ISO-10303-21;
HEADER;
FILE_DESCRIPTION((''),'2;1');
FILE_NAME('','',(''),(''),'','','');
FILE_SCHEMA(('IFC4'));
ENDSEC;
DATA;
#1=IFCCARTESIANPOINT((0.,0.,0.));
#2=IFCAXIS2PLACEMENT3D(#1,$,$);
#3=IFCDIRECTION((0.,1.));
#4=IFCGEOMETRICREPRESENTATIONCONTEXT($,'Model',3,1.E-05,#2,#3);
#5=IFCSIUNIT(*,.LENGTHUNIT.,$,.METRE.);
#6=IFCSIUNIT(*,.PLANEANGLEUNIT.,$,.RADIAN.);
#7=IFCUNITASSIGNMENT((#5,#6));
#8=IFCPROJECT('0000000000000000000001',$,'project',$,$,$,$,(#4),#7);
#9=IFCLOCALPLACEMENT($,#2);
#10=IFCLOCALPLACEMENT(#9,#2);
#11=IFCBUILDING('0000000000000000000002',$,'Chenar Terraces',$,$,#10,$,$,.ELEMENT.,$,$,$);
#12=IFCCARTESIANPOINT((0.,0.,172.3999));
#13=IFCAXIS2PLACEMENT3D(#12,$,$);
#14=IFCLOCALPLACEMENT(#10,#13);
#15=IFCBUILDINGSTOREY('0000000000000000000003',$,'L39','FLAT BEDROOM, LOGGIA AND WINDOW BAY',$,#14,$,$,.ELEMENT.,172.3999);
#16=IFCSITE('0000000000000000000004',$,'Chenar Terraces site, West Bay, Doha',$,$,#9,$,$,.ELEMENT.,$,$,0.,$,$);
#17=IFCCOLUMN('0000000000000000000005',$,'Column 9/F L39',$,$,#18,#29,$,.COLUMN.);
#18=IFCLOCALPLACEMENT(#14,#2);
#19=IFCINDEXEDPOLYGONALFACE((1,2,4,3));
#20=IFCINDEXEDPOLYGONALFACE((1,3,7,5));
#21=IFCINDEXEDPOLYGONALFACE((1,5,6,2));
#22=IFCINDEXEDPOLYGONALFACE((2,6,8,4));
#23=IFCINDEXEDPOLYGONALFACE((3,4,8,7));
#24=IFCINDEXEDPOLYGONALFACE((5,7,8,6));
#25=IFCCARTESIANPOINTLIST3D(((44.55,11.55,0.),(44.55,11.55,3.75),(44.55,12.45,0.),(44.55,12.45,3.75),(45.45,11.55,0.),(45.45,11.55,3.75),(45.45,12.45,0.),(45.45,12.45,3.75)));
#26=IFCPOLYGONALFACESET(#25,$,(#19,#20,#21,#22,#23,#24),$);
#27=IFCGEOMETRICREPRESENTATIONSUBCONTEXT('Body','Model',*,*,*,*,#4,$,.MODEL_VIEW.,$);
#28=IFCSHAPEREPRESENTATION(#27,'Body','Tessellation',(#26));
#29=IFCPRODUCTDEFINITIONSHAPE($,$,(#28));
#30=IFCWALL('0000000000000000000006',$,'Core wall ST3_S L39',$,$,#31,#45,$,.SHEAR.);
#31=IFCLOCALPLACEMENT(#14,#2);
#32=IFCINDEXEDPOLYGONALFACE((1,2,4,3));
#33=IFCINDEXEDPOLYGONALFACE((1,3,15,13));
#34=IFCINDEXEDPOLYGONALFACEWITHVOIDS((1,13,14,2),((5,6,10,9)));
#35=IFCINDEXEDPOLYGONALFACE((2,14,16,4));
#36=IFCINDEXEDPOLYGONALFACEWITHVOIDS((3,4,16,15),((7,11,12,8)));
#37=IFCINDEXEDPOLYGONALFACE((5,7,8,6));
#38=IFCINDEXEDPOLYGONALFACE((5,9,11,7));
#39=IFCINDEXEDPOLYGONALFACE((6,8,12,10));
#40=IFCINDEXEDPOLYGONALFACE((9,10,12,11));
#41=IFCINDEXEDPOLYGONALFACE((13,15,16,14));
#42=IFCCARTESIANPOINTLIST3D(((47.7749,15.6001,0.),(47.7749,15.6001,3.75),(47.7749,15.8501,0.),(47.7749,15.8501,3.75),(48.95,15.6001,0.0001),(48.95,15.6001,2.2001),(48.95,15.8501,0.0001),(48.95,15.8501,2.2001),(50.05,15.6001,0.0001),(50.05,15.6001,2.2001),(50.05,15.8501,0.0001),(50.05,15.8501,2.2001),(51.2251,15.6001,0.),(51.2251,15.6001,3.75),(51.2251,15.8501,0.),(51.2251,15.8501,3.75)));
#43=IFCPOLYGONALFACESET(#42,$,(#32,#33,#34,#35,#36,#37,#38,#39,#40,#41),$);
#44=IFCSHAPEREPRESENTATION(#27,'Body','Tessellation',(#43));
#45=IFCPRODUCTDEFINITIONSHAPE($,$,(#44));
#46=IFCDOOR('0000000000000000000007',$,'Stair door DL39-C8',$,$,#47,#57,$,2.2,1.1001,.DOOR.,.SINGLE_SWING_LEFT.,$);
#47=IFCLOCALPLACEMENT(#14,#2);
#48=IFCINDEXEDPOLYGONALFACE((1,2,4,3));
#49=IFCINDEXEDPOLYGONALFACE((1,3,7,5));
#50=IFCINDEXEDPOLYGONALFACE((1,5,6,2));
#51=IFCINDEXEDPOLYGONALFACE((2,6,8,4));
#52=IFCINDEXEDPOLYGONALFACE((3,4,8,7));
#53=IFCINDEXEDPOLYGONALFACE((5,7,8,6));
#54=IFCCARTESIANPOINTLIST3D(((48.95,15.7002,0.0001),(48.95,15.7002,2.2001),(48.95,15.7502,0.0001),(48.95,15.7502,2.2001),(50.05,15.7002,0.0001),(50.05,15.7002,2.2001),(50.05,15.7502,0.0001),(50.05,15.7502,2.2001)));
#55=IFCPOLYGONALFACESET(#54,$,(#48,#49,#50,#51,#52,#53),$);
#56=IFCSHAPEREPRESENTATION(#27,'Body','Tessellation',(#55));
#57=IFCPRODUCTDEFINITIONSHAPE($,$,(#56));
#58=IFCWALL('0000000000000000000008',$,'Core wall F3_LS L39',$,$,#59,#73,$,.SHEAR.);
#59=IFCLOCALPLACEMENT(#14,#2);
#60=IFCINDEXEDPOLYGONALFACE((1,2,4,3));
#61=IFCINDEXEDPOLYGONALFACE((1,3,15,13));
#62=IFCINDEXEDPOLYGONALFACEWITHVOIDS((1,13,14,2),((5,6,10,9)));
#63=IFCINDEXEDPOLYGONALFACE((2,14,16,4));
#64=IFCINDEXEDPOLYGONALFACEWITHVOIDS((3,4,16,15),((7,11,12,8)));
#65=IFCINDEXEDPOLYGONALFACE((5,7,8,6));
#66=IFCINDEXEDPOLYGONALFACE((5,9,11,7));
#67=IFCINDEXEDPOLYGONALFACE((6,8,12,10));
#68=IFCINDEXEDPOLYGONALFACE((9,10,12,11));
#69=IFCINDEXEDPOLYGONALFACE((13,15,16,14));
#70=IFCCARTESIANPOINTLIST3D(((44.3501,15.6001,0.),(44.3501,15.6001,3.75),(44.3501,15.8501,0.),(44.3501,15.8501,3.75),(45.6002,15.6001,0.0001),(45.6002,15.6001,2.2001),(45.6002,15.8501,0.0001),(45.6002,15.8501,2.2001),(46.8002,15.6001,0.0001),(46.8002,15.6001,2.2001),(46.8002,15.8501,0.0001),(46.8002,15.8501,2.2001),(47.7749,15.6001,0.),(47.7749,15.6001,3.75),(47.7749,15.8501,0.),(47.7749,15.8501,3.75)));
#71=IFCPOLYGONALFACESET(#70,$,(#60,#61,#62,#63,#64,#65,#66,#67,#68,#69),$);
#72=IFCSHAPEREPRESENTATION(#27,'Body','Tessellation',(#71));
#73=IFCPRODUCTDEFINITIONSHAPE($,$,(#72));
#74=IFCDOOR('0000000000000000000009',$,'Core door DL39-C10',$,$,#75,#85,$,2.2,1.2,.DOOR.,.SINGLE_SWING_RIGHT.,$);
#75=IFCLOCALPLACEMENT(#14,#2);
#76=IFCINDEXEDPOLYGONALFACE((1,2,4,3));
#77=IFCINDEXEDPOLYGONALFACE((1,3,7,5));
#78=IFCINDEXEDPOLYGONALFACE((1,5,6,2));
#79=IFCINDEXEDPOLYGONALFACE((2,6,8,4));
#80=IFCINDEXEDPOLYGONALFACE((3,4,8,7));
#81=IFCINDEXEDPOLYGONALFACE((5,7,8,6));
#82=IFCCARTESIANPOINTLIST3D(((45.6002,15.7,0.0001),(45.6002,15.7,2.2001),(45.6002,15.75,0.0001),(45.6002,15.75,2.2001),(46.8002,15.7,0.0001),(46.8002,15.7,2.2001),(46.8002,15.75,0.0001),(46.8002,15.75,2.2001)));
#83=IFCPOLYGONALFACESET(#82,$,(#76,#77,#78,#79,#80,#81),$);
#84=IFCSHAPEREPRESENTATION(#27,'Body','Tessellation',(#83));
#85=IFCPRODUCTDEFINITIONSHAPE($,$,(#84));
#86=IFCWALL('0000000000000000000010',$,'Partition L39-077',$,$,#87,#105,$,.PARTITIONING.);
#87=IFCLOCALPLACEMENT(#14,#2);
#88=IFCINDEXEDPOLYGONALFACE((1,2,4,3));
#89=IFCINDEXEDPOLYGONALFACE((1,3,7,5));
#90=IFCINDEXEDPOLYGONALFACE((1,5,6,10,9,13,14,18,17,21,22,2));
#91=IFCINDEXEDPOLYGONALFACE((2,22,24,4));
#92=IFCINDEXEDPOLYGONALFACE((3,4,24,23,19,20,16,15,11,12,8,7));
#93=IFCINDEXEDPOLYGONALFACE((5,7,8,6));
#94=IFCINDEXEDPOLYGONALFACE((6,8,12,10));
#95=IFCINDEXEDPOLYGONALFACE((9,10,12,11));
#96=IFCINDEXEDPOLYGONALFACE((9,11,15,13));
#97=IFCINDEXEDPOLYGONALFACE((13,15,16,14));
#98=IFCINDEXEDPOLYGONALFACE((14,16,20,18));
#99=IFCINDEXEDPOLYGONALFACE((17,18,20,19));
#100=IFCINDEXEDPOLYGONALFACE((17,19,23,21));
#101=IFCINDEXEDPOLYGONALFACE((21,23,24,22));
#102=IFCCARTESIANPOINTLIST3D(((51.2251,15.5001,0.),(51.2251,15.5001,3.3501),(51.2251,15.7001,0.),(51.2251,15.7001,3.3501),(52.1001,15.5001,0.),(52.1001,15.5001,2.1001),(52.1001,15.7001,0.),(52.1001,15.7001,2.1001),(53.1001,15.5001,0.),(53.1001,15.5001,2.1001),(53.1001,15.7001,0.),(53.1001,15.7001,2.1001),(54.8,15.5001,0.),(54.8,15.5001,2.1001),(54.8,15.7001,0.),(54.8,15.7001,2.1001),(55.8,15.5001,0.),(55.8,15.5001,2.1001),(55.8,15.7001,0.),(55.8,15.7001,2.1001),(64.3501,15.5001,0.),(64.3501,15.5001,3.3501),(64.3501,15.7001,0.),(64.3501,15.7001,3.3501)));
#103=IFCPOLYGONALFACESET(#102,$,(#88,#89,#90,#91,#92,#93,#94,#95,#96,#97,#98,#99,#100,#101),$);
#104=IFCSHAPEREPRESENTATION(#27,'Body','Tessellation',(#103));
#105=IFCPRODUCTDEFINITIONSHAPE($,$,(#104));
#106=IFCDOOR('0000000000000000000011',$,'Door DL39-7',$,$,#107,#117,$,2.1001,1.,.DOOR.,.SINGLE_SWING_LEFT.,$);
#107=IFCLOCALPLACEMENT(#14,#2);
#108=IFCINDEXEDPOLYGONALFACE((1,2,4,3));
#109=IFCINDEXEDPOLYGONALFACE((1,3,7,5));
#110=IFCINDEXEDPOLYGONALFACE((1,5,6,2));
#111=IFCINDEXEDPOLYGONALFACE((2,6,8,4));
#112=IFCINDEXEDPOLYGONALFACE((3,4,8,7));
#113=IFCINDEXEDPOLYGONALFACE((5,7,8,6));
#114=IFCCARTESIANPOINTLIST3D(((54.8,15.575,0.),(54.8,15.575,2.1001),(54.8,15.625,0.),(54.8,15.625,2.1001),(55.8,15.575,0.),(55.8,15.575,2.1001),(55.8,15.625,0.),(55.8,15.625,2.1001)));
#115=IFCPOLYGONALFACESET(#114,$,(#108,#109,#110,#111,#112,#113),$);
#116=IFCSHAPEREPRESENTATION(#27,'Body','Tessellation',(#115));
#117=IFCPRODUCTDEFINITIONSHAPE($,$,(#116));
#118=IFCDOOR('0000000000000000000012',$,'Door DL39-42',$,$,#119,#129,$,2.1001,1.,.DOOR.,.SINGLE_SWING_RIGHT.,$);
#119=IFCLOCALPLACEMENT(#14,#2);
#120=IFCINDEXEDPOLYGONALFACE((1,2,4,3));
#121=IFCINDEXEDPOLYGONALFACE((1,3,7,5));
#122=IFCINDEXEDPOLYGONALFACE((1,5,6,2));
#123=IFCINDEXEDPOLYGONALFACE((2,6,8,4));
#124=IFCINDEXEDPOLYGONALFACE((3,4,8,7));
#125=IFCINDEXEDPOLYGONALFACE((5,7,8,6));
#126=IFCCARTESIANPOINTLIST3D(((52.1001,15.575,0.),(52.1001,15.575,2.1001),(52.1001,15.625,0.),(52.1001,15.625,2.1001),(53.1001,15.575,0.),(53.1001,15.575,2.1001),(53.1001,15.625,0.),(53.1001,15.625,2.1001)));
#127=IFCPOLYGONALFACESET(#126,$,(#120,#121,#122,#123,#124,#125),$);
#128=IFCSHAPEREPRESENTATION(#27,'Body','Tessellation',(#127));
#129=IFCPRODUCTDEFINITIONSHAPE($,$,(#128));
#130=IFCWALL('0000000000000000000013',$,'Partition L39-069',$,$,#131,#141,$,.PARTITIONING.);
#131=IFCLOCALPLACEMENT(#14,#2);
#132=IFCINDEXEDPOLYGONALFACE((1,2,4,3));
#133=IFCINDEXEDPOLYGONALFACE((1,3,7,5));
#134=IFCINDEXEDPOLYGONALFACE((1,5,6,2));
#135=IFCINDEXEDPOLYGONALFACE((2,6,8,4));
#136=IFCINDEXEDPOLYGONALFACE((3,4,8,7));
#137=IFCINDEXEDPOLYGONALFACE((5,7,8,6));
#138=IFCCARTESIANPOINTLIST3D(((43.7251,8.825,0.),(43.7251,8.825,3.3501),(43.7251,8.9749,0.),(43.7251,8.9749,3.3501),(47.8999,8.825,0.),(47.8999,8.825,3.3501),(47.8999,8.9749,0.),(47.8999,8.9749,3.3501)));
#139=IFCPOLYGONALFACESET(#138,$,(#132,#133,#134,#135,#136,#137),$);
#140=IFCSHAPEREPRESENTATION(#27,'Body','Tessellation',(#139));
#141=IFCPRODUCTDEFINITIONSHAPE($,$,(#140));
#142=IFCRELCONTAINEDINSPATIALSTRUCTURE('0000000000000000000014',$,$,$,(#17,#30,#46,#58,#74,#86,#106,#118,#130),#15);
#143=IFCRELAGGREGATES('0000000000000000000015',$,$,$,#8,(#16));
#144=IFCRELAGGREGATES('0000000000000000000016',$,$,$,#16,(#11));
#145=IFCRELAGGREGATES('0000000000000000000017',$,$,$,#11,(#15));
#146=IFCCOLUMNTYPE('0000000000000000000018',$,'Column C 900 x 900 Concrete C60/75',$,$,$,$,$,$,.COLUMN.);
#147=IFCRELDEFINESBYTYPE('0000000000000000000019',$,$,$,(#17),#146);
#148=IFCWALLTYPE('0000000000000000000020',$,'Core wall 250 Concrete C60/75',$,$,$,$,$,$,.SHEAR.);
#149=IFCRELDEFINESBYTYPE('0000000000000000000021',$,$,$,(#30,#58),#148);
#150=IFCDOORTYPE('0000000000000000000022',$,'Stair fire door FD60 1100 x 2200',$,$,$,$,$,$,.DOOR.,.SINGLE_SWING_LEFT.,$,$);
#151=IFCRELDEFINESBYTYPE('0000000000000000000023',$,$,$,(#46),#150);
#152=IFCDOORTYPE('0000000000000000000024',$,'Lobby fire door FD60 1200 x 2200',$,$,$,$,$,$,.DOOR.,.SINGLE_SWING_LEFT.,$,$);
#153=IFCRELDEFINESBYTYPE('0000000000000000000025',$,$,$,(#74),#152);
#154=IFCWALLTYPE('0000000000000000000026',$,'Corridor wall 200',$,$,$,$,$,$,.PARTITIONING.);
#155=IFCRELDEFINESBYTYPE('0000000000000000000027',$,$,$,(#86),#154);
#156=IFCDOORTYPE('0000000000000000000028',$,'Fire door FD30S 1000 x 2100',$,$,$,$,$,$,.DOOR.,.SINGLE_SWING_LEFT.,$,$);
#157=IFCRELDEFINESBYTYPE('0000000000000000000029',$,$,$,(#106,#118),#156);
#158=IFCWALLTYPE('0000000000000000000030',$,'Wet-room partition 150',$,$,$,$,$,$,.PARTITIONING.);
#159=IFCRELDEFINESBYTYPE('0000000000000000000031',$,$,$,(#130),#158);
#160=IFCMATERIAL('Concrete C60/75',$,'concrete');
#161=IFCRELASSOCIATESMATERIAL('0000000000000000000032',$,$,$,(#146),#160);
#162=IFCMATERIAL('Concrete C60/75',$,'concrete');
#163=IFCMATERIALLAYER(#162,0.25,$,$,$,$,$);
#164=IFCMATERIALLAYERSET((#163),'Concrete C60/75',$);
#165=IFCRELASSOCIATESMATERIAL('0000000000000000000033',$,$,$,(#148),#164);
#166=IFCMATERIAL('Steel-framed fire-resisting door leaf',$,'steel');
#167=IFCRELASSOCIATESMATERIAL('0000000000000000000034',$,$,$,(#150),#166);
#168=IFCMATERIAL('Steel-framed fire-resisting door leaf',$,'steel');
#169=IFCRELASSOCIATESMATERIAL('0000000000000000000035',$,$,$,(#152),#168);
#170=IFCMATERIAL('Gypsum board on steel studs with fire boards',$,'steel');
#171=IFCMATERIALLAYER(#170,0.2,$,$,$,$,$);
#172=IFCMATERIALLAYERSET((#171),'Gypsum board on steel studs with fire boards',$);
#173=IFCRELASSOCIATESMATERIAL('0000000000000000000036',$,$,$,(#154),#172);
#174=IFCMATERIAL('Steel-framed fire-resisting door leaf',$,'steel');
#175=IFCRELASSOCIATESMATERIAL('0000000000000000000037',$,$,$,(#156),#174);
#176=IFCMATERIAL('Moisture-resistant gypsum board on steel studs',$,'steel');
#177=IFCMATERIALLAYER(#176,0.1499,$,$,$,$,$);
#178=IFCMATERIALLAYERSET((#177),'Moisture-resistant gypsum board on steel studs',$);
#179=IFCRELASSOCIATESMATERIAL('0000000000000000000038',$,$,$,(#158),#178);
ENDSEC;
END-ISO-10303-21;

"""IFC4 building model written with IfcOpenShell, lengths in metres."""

from ifc_helpers import new_model, si_unit, direction, frame, frame_2d, origin, origin_2d, place, context, subcontext, project, spatial, rectangle, extrude, material, layer, layer_set, material_profile, profile_set, type_object, element, fill, save


model = new_model("IFC4")

# Units and contexts
model_context = context("Model", 3, precision=1e-05, world=origin(), true_north=direction((0.0, 1.0)))
body_context = subcontext(model_context, "Body", "Model", "MODEL_VIEW")
ifc_project = project(units=[si_unit("LENGTHUNIT", "METRE"), si_unit("PLANEANGLEUNIT", "RADIAN")], contexts=[model_context])

# Site, building, storey
site_placement = place(None, origin())
site = spatial("IfcSite", under=ifc_project, at=site_placement, Name="Chenar Terraces site, West Bay, Doha", CompositionType="ELEMENT", RefElevation=0.0)
building_placement = place(site_placement, origin())
building = spatial("IfcBuilding", under=site, at=building_placement, Name="Chenar Terraces", CompositionType="ELEMENT")
storey_placement = place(building_placement, frame((0.0, 0.0, 172.3999)))
storey = spatial("IfcBuildingStorey", under=building, at=storey_placement, Name="L39", Description="FLAT BEDROOM, LOGGIA AND WINDOW BAY", CompositionType="ELEMENT", Elevation=172.3999)

# Column
ifc_material_1 = material(Name="Concrete C60/75", Category="concrete")
ifc_material_profile = material_profile(ifc_material_1, rectangle(XDim=0.8999, YDim=0.8999, at=origin_2d()), Name="C 900 x 900")
ifc_profile_set = profile_set([ifc_material_profile], Name="Concrete C60/75")
column_type = type_object("IfcColumnType", Name="Column C 900 x 900 Concrete C60/75", PredefinedType="COLUMN", material=ifc_profile_set)
column_placement = place(storey_placement, frame((45.0, 12.0, 0.0), z_axis=(0.0, 0.0, 1.0), x_axis=(1.0, 0.0, 0.0)))
element("IfcColumn", 1, at=column_placement, inside=storey, type_object=column_type, Name="Column 9/F L39", PredefinedType="COLUMN", context=body_context, shape_type="SweptSolid", body=[
    extrude(rectangle(XDim=0.8999, YDim=0.8999, at=origin_2d()), origin(), (0.0, 0.0, 1.0), 3.75),
])

# Walls, openings, doors
ifc_material_2 = material(Name="Concrete C60/75", Category="concrete")
ifc_layer_1 = layer(ifc_material_2, 0.25)
ifc_layer_set_1 = layer_set([ifc_layer_1], Name="Concrete C60/75")
wall_type_1 = type_object("IfcWallType", Name="Core wall 250 Concrete C60/75", PredefinedType="SHEAR", material=ifc_layer_set_1)
wall_1_placement = place(storey_placement, frame((47.7749, 15.7251, 0.0), z_axis=(0.0, 0.0, 1.0), x_axis=(1.0, 0.0, 0.0)))
wall_1 = element("IfcWall", 2, at=wall_1_placement, inside=storey, type_object=wall_type_1, Name="Core wall ST3_S L39", PredefinedType="SHEAR", context=body_context, shape_type="SweptSolid", body=[
    extrude(rectangle(XDim=3.4502, YDim=0.25, at=frame_2d((1.7251, 0.0))), origin(), (0.0, 0.0, 1.0), 3.75),
])
opening_1_placement = place(wall_1_placement, frame((1.175, 0.0, 0.0)))
opening_1 = element("IfcOpeningElement", 3, at=opening_1_placement, cuts=wall_1, PredefinedType="OPENING", context=body_context, shape_type="SweptSolid", body=[
    extrude(rectangle(XDim=1.1001, YDim=2.2, at=frame_2d((0.55, 1.1001))), frame((0.0, 0.135, 0.0), z_axis=(0.0, -1.0, 0.0), x_axis=(1.0, 0.0, 0.0)), (0.0, 0.0, 1.0), 0.27),
])
ifc_material_3 = material(Name="Steel-framed fire-resisting door leaf", Category="steel")
door_type_1 = type_object("IfcDoorType", Name="Stair fire door FD60 1100 x 2200", OperationType="SINGLE_SWING_LEFT", PredefinedType="DOOR", material=ifc_material_3)
door_1_placement = place(opening_1_placement, frame((1.1001, 0.0, 0.0), z_axis=(0.0, 0.0, 1.0), x_axis=(-1.0, 0.0, 0.0)))
door_1 = element("IfcDoor", 4, at=door_1_placement, inside=storey, type_object=door_type_1, Name="Stair door DL39-C8", OperationType="SINGLE_SWING_LEFT", OverallHeight=2.2, OverallWidth=1.1001, PredefinedType="DOOR", context=body_context, shape_type="SweptSolid", body=[
    extrude(rectangle(XDim=1.1001, YDim=2.2, at=frame_2d((0.55, 1.1001))), frame((0.0, 0.0249, 0.0), z_axis=(0.0, -1.0, 0.0), x_axis=(1.0, 0.0, 0.0)), (0.0, 0.0, 1.0), 0.05),
])
fill(opening_1, door_1)
wall_2_placement = place(storey_placement, frame((44.3501, 15.7251, 0.0), z_axis=(0.0, 0.0, 1.0), x_axis=(1.0, 0.0, 0.0)))
wall_2 = element("IfcWall", 5, at=wall_2_placement, inside=storey, type_object=wall_type_1, Name="Core wall F3_LS L39", PredefinedType="SHEAR", context=body_context, shape_type="SweptSolid", body=[
    extrude(rectangle(XDim=3.4248, YDim=0.25, at=frame_2d((1.7124, 0.0))), origin(), (0.0, 0.0, 1.0), 3.75),
])
opening_2_placement = place(wall_2_placement, frame((1.25, 0.0, 0.0)))
opening_2 = element("IfcOpeningElement", 6, at=opening_2_placement, cuts=wall_2, PredefinedType="OPENING", context=body_context, shape_type="SweptSolid", body=[
    extrude(rectangle(XDim=1.2, YDim=2.2, at=frame_2d((0.6001, 1.1001))), frame((0.0, 0.135, 0.0), z_axis=(0.0, -1.0, 0.0), x_axis=(1.0, 0.0, 0.0)), (0.0, 0.0, 1.0), 0.27),
])
ifc_material_4 = material(Name="Steel-framed fire-resisting door leaf", Category="steel")
door_type_2 = type_object("IfcDoorType", Name="Lobby fire door FD60 1200 x 2200", OperationType="SINGLE_SWING_LEFT", PredefinedType="DOOR", material=ifc_material_4)
door_2_placement = place(opening_2_placement, origin())
door_2 = element("IfcDoor", 7, at=door_2_placement, inside=storey, type_object=door_type_2, Name="Core door DL39-C10", OperationType="SINGLE_SWING_RIGHT", OverallHeight=2.2, OverallWidth=1.2, PredefinedType="DOOR", context=body_context, shape_type="SweptSolid", body=[
    extrude(rectangle(XDim=1.2, YDim=2.2, at=frame_2d((0.6001, 1.1001))), frame((0.0, 0.0249, 0.0), z_axis=(0.0, -1.0, 0.0), x_axis=(1.0, 0.0, 0.0)), (0.0, 0.0, 1.0), 0.05),
])
fill(opening_2, door_2)

# Wall, openings, doors
ifc_material_5 = material(Name="Gypsum board on steel studs with fire boards", Category="steel")
ifc_layer_2 = layer(ifc_material_5, 0.2)
ifc_layer_set_2 = layer_set([ifc_layer_2], Name="Gypsum board on steel studs with fire boards")
wall_type_2 = type_object("IfcWallType", Name="Corridor wall 200", PredefinedType="PARTITIONING", material=ifc_layer_set_2)
wall_3_placement = place(storey_placement, frame((51.2251, 15.6001, 0.0), z_axis=(0.0, 0.0, 1.0), x_axis=(1.0, 0.0, 0.0)))
wall_3 = element("IfcWall", 8, at=wall_3_placement, inside=storey, type_object=wall_type_2, Name="Partition L39-077", PredefinedType="PARTITIONING", context=body_context, shape_type="SweptSolid", body=[
    extrude(rectangle(XDim=13.125, YDim=0.2, at=frame_2d((6.5625, 0.0))), origin(), (0.0, 0.0, 1.0), 3.3501),
])
opening_3_placement = place(wall_3_placement, frame((3.575, 0.0, 0.0)))
opening_3 = element("IfcOpeningElement", 9, at=opening_3_placement, cuts=wall_3, PredefinedType="OPENING", context=body_context, shape_type="SweptSolid", body=[
    extrude(rectangle(XDim=1.0, YDim=2.1001, at=frame_2d((0.5, 1.05))), frame((0.0, 0.1099, 0.0), z_axis=(0.0, -1.0, 0.0), x_axis=(1.0, 0.0, 0.0)), (0.0, 0.0, 1.0), 0.22),
])
opening_4_placement = place(wall_3_placement, frame((0.875, 0.0, 0.0)))
opening_4 = element("IfcOpeningElement", 10, at=opening_4_placement, cuts=wall_3, PredefinedType="OPENING", context=body_context, shape_type="SweptSolid", body=[
    extrude(rectangle(XDim=1.0, YDim=2.1001, at=frame_2d((0.5, 1.05))), frame((0.0, 0.1099, 0.0), z_axis=(0.0, -1.0, 0.0), x_axis=(1.0, 0.0, 0.0)), (0.0, 0.0, 1.0), 0.22),
])
ifc_material_6 = material(Name="Steel-framed fire-resisting door leaf", Category="steel")
door_type_3 = type_object("IfcDoorType", Name="Fire door FD30S 1000 x 2100", OperationType="SINGLE_SWING_LEFT", PredefinedType="DOOR", material=ifc_material_6)
door_3_placement = place(opening_3_placement, origin())
door_3 = element("IfcDoor", 11, at=door_3_placement, inside=storey, type_object=door_type_3, Name="Door DL39-7", OperationType="SINGLE_SWING_LEFT", OverallHeight=2.1001, OverallWidth=1.0, PredefinedType="DOOR", context=body_context, shape_type="SweptSolid", body=[
    extrude(rectangle(XDim=1.0, YDim=2.1001, at=frame_2d((0.5, 1.05))), frame((0.0, 0.0249, 0.0), z_axis=(0.0, -1.0, 0.0), x_axis=(1.0, 0.0, 0.0)), (0.0, 0.0, 1.0), 0.05),
])
fill(opening_3, door_3)
door_4_placement = place(opening_4_placement, origin())
door_4 = element("IfcDoor", 12, at=door_4_placement, inside=storey, type_object=door_type_3, Name="Door DL39-42", OperationType="SINGLE_SWING_RIGHT", OverallHeight=2.1001, OverallWidth=1.0, PredefinedType="DOOR", context=body_context, shape_type="SweptSolid", body=[
    extrude(rectangle(XDim=1.0, YDim=2.1001, at=frame_2d((0.5, 1.05))), frame((0.0, 0.0249, 0.0), z_axis=(0.0, -1.0, 0.0), x_axis=(1.0, 0.0, 0.0)), (0.0, 0.0, 1.0), 0.05),
])
fill(opening_4, door_4)

# Wall
ifc_material_7 = material(Name="Moisture-resistant gypsum board on steel studs", Category="steel")
ifc_layer_3 = layer(ifc_material_7, 0.1499)
ifc_layer_set_3 = layer_set([ifc_layer_3], Name="Moisture-resistant gypsum board on steel studs")
wall_type_3 = type_object("IfcWallType", Name="Wet-room partition 150", PredefinedType="PARTITIONING", material=ifc_layer_set_3)
wall_4_placement = place(storey_placement, frame((43.7251, 8.8999, 0.0), z_axis=(0.0, 0.0, 1.0), x_axis=(1.0, 0.0, 0.0)))
element("IfcWall", 13, at=wall_4_placement, inside=storey, type_object=wall_type_3, Name="Partition L39-069", PredefinedType="PARTITIONING", context=body_context, shape_type="SweptSolid", body=[
    extrude(rectangle(XDim=4.1748, YDim=0.1499, at=frame_2d((2.0874, 0.0))), origin(), (0.0, 0.0, 1.0), 3.3501),
])

save(model, "model.ifc")
